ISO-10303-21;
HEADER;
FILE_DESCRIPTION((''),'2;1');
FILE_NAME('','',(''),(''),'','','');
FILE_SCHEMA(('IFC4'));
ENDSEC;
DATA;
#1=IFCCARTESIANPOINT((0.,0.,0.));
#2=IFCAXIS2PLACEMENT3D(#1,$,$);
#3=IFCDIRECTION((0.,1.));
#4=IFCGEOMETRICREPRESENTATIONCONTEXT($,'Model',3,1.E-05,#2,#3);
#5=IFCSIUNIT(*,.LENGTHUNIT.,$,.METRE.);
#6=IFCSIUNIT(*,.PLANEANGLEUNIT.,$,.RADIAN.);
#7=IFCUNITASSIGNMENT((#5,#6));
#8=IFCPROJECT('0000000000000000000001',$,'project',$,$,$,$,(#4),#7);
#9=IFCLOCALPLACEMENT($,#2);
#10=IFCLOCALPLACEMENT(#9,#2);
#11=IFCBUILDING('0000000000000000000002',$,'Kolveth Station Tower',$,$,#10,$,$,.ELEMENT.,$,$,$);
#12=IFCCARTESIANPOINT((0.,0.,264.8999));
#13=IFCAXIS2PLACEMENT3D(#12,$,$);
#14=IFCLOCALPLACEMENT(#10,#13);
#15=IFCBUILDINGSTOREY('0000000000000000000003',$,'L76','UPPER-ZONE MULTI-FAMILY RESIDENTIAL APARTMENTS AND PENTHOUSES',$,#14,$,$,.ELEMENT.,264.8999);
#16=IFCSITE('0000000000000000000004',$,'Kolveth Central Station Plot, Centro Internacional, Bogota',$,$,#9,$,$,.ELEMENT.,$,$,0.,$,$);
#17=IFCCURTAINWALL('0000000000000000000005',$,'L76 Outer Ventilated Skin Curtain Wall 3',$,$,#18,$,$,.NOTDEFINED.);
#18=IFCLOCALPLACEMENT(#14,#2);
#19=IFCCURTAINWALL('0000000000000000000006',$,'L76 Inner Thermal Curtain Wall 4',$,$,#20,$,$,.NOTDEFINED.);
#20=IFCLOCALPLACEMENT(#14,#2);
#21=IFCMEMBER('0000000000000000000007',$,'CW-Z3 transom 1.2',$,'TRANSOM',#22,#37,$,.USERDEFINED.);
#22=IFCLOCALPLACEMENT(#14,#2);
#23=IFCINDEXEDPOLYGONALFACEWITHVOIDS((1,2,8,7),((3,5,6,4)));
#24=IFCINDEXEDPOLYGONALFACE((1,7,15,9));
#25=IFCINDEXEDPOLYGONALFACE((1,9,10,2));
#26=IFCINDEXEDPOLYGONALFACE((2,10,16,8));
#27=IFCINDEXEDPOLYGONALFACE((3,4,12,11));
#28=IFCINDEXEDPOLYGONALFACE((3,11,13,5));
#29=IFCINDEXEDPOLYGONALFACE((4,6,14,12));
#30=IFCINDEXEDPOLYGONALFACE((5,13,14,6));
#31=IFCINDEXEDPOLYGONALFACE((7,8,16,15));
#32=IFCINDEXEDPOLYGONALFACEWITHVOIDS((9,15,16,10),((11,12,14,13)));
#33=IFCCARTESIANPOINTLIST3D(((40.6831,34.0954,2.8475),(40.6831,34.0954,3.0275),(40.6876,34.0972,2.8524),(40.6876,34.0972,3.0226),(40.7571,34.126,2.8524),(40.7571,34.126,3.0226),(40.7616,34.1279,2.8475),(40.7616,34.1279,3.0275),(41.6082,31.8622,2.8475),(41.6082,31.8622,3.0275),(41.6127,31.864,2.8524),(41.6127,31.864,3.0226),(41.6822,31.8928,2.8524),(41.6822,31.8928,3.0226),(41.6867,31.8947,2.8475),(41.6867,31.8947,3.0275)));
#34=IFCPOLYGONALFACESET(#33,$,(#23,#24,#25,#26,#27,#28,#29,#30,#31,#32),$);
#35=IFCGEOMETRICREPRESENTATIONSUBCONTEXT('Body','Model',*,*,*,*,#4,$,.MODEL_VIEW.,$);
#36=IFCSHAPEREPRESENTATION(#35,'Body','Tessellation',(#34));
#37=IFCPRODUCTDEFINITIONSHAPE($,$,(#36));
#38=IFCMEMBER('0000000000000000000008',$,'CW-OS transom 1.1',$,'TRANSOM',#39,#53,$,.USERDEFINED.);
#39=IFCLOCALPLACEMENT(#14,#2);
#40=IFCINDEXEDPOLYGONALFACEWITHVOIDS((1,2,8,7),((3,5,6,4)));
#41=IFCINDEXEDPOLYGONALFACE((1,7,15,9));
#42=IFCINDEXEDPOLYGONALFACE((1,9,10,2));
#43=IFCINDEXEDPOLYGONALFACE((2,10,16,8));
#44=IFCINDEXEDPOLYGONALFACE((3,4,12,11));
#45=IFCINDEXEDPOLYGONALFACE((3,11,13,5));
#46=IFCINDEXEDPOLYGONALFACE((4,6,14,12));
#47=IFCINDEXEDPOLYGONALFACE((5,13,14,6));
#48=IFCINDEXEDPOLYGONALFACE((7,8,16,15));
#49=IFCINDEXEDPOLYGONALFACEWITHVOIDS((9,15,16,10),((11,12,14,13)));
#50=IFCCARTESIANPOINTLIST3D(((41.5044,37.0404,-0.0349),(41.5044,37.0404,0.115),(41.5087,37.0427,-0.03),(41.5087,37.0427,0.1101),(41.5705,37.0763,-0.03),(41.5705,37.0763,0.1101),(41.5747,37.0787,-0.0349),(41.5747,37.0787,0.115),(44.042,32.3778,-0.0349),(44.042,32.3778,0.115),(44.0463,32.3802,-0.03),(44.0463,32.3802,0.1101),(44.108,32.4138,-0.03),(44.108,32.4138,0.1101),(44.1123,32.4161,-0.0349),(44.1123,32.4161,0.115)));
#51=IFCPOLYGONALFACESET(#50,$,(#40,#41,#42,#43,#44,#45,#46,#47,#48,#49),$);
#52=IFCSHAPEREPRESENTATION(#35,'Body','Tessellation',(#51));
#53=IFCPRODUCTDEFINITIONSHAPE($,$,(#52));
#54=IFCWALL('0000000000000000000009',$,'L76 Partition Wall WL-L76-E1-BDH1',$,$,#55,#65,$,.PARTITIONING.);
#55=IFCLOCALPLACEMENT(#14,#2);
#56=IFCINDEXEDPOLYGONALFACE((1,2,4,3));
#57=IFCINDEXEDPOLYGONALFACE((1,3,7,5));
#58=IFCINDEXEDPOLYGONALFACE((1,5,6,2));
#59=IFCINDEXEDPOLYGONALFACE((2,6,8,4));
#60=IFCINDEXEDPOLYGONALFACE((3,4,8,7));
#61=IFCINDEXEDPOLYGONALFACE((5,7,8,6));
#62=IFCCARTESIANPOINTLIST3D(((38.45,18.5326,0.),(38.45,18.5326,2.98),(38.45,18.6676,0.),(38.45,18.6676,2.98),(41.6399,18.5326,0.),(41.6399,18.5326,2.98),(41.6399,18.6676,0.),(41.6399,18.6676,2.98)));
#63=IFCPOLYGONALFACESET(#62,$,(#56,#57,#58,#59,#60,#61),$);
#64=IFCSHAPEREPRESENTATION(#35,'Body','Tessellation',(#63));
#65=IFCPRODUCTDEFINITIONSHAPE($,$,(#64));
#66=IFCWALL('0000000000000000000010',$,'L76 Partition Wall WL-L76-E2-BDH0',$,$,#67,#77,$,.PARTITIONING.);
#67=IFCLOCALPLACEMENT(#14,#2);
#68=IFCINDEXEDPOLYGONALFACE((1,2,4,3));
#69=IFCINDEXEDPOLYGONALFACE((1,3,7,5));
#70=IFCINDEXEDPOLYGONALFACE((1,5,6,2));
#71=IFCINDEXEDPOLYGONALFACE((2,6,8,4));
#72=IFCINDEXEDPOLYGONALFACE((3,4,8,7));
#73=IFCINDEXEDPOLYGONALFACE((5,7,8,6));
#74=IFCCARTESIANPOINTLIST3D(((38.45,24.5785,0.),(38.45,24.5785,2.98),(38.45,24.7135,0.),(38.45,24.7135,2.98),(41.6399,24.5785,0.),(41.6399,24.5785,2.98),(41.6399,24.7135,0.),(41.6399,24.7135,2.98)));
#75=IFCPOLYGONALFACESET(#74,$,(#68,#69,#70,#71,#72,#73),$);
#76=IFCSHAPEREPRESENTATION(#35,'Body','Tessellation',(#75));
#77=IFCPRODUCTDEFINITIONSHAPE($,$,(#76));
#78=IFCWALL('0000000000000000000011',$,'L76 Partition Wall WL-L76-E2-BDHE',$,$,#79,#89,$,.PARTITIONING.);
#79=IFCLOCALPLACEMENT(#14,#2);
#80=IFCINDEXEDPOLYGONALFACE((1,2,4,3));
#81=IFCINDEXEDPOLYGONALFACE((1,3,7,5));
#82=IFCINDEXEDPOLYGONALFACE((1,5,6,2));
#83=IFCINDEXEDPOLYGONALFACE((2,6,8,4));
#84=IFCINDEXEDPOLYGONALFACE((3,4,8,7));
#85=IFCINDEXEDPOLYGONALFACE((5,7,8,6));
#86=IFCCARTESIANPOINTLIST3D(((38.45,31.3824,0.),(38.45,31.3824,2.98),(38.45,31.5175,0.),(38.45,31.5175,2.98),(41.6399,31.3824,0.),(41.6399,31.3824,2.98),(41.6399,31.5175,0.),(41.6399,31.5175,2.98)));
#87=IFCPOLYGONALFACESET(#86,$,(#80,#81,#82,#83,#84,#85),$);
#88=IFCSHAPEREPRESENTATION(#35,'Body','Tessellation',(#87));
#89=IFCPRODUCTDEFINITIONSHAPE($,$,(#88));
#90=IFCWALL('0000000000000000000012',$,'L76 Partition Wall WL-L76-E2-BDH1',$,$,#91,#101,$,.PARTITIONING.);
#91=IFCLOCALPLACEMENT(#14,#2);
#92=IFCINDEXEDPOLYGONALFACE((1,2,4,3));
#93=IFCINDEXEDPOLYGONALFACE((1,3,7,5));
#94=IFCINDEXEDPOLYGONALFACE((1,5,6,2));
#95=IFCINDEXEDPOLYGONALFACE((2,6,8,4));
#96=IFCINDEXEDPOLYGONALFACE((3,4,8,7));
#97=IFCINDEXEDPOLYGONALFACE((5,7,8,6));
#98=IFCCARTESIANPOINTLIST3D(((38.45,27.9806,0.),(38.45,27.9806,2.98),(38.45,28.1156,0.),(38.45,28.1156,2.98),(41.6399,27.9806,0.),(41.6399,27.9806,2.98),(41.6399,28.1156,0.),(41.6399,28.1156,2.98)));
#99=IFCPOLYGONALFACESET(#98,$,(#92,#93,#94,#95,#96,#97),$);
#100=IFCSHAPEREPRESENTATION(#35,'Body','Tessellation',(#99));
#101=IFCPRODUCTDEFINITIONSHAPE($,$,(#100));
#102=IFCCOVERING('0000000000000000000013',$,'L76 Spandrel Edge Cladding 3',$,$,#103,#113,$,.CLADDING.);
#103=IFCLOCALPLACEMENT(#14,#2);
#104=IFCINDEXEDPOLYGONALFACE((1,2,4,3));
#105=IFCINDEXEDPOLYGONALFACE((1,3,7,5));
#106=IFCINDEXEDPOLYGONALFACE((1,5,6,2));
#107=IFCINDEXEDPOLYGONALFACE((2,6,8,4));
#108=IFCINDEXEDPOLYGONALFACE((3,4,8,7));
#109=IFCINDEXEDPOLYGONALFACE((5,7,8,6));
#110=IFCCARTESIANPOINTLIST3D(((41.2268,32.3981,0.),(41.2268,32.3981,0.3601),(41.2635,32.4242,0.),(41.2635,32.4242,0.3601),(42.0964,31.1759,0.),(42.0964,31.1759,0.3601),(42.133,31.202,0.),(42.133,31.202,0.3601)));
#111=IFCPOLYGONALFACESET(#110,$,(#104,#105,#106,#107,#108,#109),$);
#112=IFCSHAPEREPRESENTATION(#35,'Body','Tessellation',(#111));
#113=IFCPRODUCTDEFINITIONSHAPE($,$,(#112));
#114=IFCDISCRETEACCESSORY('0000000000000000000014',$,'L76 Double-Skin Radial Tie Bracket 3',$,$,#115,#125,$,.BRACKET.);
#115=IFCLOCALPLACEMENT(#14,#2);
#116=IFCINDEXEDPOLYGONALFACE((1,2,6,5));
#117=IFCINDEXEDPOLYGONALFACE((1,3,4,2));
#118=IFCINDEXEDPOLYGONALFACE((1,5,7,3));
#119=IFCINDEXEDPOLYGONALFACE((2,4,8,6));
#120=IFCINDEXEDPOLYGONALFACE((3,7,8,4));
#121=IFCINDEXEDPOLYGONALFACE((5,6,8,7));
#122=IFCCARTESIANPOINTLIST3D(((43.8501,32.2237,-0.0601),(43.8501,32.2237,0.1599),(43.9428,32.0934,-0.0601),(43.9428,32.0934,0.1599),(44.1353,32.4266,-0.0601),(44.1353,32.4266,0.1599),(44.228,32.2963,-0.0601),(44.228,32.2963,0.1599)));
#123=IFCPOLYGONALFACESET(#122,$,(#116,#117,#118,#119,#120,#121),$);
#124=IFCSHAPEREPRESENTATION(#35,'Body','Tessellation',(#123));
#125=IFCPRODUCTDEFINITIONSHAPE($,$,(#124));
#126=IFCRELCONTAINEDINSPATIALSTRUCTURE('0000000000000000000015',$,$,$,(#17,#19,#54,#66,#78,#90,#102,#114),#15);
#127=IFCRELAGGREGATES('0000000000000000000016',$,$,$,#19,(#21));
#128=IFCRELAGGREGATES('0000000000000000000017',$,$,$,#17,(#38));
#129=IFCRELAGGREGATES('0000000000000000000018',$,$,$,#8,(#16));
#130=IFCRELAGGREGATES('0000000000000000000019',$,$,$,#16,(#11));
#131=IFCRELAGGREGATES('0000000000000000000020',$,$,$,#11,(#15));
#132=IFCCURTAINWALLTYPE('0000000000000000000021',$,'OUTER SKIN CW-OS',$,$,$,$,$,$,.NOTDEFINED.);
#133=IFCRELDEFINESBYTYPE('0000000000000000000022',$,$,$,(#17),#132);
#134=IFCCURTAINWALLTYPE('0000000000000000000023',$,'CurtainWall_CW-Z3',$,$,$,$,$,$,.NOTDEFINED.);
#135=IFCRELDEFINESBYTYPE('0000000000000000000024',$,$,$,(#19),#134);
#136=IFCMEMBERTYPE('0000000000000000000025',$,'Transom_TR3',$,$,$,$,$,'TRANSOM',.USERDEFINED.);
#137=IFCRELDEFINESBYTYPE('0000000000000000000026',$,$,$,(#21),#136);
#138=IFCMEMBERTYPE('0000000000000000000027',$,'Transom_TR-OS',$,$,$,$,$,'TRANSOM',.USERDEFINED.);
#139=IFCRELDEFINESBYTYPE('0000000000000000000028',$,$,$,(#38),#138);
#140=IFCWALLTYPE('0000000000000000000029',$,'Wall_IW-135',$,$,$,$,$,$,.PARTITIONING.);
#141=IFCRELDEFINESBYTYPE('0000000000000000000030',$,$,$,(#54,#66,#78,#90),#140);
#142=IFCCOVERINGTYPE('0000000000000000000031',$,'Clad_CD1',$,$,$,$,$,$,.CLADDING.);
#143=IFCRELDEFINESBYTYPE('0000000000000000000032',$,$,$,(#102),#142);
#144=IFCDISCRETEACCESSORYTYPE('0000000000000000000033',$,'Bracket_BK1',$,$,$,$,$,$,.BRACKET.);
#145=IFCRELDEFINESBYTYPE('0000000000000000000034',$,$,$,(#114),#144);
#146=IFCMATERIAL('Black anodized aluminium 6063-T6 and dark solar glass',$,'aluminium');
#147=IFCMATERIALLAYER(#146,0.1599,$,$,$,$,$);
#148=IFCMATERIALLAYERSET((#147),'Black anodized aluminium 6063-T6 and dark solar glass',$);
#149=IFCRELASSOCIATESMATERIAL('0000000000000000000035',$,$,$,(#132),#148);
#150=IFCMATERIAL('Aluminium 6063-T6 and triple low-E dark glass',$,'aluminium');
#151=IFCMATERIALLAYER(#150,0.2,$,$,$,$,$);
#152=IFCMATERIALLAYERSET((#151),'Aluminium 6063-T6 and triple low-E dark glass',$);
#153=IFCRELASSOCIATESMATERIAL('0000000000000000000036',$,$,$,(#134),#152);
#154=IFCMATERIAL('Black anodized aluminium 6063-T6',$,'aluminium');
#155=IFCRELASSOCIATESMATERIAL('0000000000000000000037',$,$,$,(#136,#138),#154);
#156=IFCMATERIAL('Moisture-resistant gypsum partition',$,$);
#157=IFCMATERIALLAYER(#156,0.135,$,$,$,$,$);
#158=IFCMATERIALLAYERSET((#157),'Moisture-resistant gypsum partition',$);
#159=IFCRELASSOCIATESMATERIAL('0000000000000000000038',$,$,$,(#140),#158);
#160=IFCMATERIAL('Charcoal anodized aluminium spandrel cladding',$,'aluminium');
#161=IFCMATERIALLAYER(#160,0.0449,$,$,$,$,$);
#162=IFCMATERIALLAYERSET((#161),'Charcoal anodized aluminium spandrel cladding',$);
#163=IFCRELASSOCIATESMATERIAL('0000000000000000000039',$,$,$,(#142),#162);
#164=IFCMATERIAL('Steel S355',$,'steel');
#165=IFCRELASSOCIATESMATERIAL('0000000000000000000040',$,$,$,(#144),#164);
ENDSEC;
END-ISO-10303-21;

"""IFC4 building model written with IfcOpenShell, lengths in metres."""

from ifc_helpers import new_model, si_unit, direction, frame, frame_2d, origin, origin_2d, place, context, subcontext, project, spatial, rectangle, hollow_rectangle, extrude, source, transform, mapped, material, layer, layer_set, material_profile, profile_set, type_object, element, aggregate, save


model = new_model("IFC4")

# Units and contexts
model_context = context("Model", 3, precision=1e-05, world=origin(), true_north=direction((0.0, 1.0)))
body_context = subcontext(model_context, "Body", "Model", "MODEL_VIEW")
ifc_project = project(units=[si_unit("LENGTHUNIT", "METRE"), si_unit("PLANEANGLEUNIT", "RADIAN")], contexts=[model_context])

# Site, building, storey
site_placement = place(None, origin())
site = spatial("IfcSite", under=ifc_project, at=site_placement, Name="Kolveth Central Station Plot, Centro Internacional, Bogota", CompositionType="ELEMENT", RefElevation=0.0)
building_placement = place(site_placement, origin())
building = spatial("IfcBuilding", under=site, at=building_placement, Name="Kolveth Station Tower", CompositionType="ELEMENT")
storey_placement = place(building_placement, frame((0.0, 0.0, 264.8999)))
storey = spatial("IfcBuildingStorey", under=building, at=storey_placement, Name="L76", Description="UPPER-ZONE MULTI-FAMILY RESIDENTIAL APARTMENTS AND PENTHOUSES", CompositionType="ELEMENT", Elevation=264.8999)

# Shared definitions
ifc_material_1 = material(Name="Steel S355", Category="steel")

# Curtain wall
ifc_material_2 = material(Name="Black anodized aluminium 6063-T6 and dark solar glass", Category="aluminium")
ifc_layer_1 = layer(ifc_material_2, 0.1599)
ifc_layer_set_1 = layer_set([ifc_layer_1], Name="Black anodized aluminium 6063-T6 and dark solar glass")
curtain_wall_type_1 = type_object("IfcCurtainWallType", Name="OUTER SKIN CW-OS", PredefinedType="NOTDEFINED", material=ifc_layer_set_1)
ifc_material_3 = material(Name="Black anodized aluminium 6063-T6", Category="aluminium")
curtain_wall_1_placement = place(storey_placement, origin())
curtain_wall_1 = element("IfcCurtainWall", 1, at=curtain_wall_1_placement, inside=storey, type_object=curtain_wall_type_1, Name="L76 Outer Ventilated Skin Curtain Wall 3", PredefinedType="NOTDEFINED")
ifc_material_4 = material(Name="Aluminium 6063-T6 and triple low-E dark glass", Category="aluminium")
ifc_layer_2 = layer(ifc_material_4, 0.2)
ifc_layer_set_2 = layer_set([ifc_layer_2], Name="Aluminium 6063-T6 and triple low-E dark glass")
curtain_wall_type_2 = type_object("IfcCurtainWallType", Name="CurtainWall_CW-Z3", PredefinedType="NOTDEFINED", material=ifc_layer_set_2)

# Curtain wall, member
curtain_wall_2_placement = place(storey_placement, origin())
curtain_wall_2 = element("IfcCurtainWall", 2, at=curtain_wall_2_placement, inside=storey, type_object=curtain_wall_type_2, Name="L76 Inner Thermal Curtain Wall 4", PredefinedType="NOTDEFINED")
ifc_material_profile_1 = material_profile(ifc_material_3, hollow_rectangle(XDim=0.085, YDim=0.1799, WallThickness=0.0049, at=origin_2d()), Name="ALU-85x180x5")
ifc_profile_set_1 = profile_set([ifc_material_profile_1], Name="Black anodized aluminium 6063-T6")
member_type_1 = type_object("IfcMemberType", Name="Transom_TR3", ElementType="TRANSOM", PredefinedType="USERDEFINED", material=ifc_profile_set_1)
shared_shape_1 = source(origin(), body_context, "Body", "SweptSolid", [
    extrude(hollow_rectangle(XDim=0.085, YDim=0.1799, WallThickness=0.0049, at=origin_2d()), origin(), (0.0, 0.0, 1.0), 2.4172),
])
member_1_placement = place(storey_placement, frame((41.6475, 31.8784, 2.9375), z_axis=(-0.3827, 0.923873, 0.0), x_axis=(-0.923873, -0.3827, 0.0)))
member_1 = element("IfcMember", 3, at=member_1_placement, type_object=member_type_1, Name="CW-Z3 transom 1.2", ObjectType="TRANSOM", PredefinedType="USERDEFINED", context=body_context, shape_type="MappedRepresentation", body=[
    mapped(shared_shape_1, transform((0.0, 0.0, 0.0), x_axis=(1.0, 0.0, 0.0), y_axis=(0.0, 1.0, 0.0), z_axis=(0.0, 0.0, 1.0), scale=1.0)),
])
aggregate(curtain_wall_2, [member_1])

# Member
ifc_material_profile_2 = material_profile(ifc_material_3, hollow_rectangle(XDim=0.0801, YDim=0.1499, WallThickness=0.0049, at=origin_2d()), Name="ALU-80x150x5")
ifc_profile_set_2 = profile_set([ifc_material_profile_2], Name="Black anodized aluminium 6063-T6")
member_type_2 = type_object("IfcMemberType", Name="Transom_TR-OS", ElementType="TRANSOM", PredefinedType="USERDEFINED", material=ifc_profile_set_2)
shared_shape_2 = source(origin(), body_context, "Body", "SweptSolid", [
    extrude(hollow_rectangle(XDim=0.0801, YDim=0.1499, WallThickness=0.0049, at=origin_2d()), origin(), (0.0, 0.0, 1.0), 5.3083),
])
member_2_placement = place(storey_placement, frame((44.0771, 32.397, 0.04), z_axis=(-0.478033, 0.878342, 0.0), x_axis=(-0.878342, -0.478033, 0.0)))
member_2 = element("IfcMember", 4, at=member_2_placement, type_object=member_type_2, Name="CW-OS transom 1.1", ObjectType="TRANSOM", PredefinedType="USERDEFINED", context=body_context, shape_type="MappedRepresentation", body=[
    mapped(shared_shape_2, transform((0.0, 0.0, 0.0), x_axis=(1.0, 0.0, 0.0), y_axis=(0.0, 1.0, 0.0), z_axis=(0.0, 0.0, 1.0), scale=1.0)),
])
aggregate(curtain_wall_1, [member_2])

# Shared definitions
ifc_material_5 = material(Name="Moisture-resistant gypsum partition")
ifc_layer_3 = layer(ifc_material_5, 0.135)
ifc_layer_set_3 = layer_set([ifc_layer_3], Name="Moisture-resistant gypsum partition")
wall_type = type_object("IfcWallType", Name="Wall_IW-135", PredefinedType="PARTITIONING", material=ifc_layer_set_3)

# Walls
for number, where, z_axis, x_axis, name in (
    (5, (38.45, 18.6001, 0.0), (0.0, 0.0, 1.0), (1.0, 0.0, 0.0), "L76 Partition Wall WL-L76-E1-BDH1"),
    (6, (38.45, 24.646, 0.0), (0.0, 0.0, 1.0), (1.0, 0.0, 0.0), "L76 Partition Wall WL-L76-E2-BDH0"),
    (7, (38.45, 31.45, 0.0), (0.0, 0.0, 1.0), (1.0, 0.0, 0.0), "L76 Partition Wall WL-L76-E2-BDHE"),
):
    element("IfcWall", number, at=place(storey_placement, frame(where, z_axis=z_axis, x_axis=x_axis)), inside=storey, type_object=wall_type, Name=name, PredefinedType="PARTITIONING", context=body_context, shape_type="SweptSolid", body=[
        extrude(rectangle(XDim=3.1899, YDim=0.135, at=frame_2d((1.595, 0.0))), origin(), (0.0, 0.0, 1.0), 2.98),
    ])

# Wall
wall_1_placement = place(storey_placement, frame((38.45, 28.0481, 0.0), z_axis=(0.0, 0.0, 1.0), x_axis=(1.0, 0.0, 0.0)))
element("IfcWall", 8, at=wall_1_placement, inside=storey, type_object=wall_type, Name="L76 Partition Wall WL-L76-E2-BDH1", PredefinedType="PARTITIONING", context=body_context, shape_type="SweptSolid", body=[
    extrude(rectangle(XDim=3.1899, YDim=0.135, at=frame_2d((1.595, 0.0))), origin(), (0.0, 0.0, 1.0), 2.98),
])

# Covering
ifc_material_6 = material(Name="Charcoal anodized aluminium spandrel cladding", Category="aluminium")
ifc_layer_4 = layer(ifc_material_6, 0.0449)
ifc_layer_set_4 = layer_set([ifc_layer_4], Name="Charcoal anodized aluminium spandrel cladding")
covering_type = type_object("IfcCoveringType", Name="Clad_CD1", PredefinedType="CLADDING", material=ifc_layer_set_4)
shared_shape_3 = source(origin(), body_context, "Body", "SweptSolid", [
    extrude(rectangle(XDim=1.5, YDim=0.0449, at=origin_2d()), origin(), (0.0, 0.0, 1.0), 0.3601),
])
covering_placement = place(storey_placement, frame((41.6799, 31.8, 0.0), z_axis=(0.0, 0.0, 1.0), x_axis=(-0.579708, 0.814824, 0.0)))
element("IfcCovering", 9, at=covering_placement, inside=storey, type_object=covering_type, Name="L76 Spandrel Edge Cladding 3", PredefinedType="CLADDING", context=body_context, shape_type="MappedRepresentation", body=[
    mapped(shared_shape_3, transform((0.0, 0.0, 0.0), x_axis=(1.0, 0.0, 0.0), y_axis=(0.0, 1.0, 0.0), z_axis=(0.0, 0.0, 1.0), scale=1.0)),
])

# Discrete accessory
discrete_accessory_type = type_object("IfcDiscreteAccessoryType", Name="Bracket_BK1", PredefinedType="BRACKET", material=ifc_material_1)
shared_shape_4 = source(origin(), body_context, "Body", "SweptSolid", [
    extrude(rectangle(XDim=0.3501, YDim=0.1599, at=origin_2d()), origin(), (0.0, 0.0, 1.0), 0.22),
])
discrete_accessory_placement = place(storey_placement, frame((44.0391, 32.26, -0.0601), z_axis=(0.0, 0.0, 1.0), x_axis=(0.814824, 0.579708, 0.0)))
element("IfcDiscreteAccessory", 10, at=discrete_accessory_placement, inside=storey, type_object=discrete_accessory_type, Name="L76 Double-Skin Radial Tie Bracket 3", PredefinedType="BRACKET", context=body_context, shape_type="MappedRepresentation", body=[
    mapped(shared_shape_4, transform((0.0, 0.0, 0.0), x_axis=(1.0, 0.0, 0.0), y_axis=(0.0, 1.0, 0.0), z_axis=(0.0, 0.0, 1.0), scale=1.0)),
])

save(model, "model.ifc")
